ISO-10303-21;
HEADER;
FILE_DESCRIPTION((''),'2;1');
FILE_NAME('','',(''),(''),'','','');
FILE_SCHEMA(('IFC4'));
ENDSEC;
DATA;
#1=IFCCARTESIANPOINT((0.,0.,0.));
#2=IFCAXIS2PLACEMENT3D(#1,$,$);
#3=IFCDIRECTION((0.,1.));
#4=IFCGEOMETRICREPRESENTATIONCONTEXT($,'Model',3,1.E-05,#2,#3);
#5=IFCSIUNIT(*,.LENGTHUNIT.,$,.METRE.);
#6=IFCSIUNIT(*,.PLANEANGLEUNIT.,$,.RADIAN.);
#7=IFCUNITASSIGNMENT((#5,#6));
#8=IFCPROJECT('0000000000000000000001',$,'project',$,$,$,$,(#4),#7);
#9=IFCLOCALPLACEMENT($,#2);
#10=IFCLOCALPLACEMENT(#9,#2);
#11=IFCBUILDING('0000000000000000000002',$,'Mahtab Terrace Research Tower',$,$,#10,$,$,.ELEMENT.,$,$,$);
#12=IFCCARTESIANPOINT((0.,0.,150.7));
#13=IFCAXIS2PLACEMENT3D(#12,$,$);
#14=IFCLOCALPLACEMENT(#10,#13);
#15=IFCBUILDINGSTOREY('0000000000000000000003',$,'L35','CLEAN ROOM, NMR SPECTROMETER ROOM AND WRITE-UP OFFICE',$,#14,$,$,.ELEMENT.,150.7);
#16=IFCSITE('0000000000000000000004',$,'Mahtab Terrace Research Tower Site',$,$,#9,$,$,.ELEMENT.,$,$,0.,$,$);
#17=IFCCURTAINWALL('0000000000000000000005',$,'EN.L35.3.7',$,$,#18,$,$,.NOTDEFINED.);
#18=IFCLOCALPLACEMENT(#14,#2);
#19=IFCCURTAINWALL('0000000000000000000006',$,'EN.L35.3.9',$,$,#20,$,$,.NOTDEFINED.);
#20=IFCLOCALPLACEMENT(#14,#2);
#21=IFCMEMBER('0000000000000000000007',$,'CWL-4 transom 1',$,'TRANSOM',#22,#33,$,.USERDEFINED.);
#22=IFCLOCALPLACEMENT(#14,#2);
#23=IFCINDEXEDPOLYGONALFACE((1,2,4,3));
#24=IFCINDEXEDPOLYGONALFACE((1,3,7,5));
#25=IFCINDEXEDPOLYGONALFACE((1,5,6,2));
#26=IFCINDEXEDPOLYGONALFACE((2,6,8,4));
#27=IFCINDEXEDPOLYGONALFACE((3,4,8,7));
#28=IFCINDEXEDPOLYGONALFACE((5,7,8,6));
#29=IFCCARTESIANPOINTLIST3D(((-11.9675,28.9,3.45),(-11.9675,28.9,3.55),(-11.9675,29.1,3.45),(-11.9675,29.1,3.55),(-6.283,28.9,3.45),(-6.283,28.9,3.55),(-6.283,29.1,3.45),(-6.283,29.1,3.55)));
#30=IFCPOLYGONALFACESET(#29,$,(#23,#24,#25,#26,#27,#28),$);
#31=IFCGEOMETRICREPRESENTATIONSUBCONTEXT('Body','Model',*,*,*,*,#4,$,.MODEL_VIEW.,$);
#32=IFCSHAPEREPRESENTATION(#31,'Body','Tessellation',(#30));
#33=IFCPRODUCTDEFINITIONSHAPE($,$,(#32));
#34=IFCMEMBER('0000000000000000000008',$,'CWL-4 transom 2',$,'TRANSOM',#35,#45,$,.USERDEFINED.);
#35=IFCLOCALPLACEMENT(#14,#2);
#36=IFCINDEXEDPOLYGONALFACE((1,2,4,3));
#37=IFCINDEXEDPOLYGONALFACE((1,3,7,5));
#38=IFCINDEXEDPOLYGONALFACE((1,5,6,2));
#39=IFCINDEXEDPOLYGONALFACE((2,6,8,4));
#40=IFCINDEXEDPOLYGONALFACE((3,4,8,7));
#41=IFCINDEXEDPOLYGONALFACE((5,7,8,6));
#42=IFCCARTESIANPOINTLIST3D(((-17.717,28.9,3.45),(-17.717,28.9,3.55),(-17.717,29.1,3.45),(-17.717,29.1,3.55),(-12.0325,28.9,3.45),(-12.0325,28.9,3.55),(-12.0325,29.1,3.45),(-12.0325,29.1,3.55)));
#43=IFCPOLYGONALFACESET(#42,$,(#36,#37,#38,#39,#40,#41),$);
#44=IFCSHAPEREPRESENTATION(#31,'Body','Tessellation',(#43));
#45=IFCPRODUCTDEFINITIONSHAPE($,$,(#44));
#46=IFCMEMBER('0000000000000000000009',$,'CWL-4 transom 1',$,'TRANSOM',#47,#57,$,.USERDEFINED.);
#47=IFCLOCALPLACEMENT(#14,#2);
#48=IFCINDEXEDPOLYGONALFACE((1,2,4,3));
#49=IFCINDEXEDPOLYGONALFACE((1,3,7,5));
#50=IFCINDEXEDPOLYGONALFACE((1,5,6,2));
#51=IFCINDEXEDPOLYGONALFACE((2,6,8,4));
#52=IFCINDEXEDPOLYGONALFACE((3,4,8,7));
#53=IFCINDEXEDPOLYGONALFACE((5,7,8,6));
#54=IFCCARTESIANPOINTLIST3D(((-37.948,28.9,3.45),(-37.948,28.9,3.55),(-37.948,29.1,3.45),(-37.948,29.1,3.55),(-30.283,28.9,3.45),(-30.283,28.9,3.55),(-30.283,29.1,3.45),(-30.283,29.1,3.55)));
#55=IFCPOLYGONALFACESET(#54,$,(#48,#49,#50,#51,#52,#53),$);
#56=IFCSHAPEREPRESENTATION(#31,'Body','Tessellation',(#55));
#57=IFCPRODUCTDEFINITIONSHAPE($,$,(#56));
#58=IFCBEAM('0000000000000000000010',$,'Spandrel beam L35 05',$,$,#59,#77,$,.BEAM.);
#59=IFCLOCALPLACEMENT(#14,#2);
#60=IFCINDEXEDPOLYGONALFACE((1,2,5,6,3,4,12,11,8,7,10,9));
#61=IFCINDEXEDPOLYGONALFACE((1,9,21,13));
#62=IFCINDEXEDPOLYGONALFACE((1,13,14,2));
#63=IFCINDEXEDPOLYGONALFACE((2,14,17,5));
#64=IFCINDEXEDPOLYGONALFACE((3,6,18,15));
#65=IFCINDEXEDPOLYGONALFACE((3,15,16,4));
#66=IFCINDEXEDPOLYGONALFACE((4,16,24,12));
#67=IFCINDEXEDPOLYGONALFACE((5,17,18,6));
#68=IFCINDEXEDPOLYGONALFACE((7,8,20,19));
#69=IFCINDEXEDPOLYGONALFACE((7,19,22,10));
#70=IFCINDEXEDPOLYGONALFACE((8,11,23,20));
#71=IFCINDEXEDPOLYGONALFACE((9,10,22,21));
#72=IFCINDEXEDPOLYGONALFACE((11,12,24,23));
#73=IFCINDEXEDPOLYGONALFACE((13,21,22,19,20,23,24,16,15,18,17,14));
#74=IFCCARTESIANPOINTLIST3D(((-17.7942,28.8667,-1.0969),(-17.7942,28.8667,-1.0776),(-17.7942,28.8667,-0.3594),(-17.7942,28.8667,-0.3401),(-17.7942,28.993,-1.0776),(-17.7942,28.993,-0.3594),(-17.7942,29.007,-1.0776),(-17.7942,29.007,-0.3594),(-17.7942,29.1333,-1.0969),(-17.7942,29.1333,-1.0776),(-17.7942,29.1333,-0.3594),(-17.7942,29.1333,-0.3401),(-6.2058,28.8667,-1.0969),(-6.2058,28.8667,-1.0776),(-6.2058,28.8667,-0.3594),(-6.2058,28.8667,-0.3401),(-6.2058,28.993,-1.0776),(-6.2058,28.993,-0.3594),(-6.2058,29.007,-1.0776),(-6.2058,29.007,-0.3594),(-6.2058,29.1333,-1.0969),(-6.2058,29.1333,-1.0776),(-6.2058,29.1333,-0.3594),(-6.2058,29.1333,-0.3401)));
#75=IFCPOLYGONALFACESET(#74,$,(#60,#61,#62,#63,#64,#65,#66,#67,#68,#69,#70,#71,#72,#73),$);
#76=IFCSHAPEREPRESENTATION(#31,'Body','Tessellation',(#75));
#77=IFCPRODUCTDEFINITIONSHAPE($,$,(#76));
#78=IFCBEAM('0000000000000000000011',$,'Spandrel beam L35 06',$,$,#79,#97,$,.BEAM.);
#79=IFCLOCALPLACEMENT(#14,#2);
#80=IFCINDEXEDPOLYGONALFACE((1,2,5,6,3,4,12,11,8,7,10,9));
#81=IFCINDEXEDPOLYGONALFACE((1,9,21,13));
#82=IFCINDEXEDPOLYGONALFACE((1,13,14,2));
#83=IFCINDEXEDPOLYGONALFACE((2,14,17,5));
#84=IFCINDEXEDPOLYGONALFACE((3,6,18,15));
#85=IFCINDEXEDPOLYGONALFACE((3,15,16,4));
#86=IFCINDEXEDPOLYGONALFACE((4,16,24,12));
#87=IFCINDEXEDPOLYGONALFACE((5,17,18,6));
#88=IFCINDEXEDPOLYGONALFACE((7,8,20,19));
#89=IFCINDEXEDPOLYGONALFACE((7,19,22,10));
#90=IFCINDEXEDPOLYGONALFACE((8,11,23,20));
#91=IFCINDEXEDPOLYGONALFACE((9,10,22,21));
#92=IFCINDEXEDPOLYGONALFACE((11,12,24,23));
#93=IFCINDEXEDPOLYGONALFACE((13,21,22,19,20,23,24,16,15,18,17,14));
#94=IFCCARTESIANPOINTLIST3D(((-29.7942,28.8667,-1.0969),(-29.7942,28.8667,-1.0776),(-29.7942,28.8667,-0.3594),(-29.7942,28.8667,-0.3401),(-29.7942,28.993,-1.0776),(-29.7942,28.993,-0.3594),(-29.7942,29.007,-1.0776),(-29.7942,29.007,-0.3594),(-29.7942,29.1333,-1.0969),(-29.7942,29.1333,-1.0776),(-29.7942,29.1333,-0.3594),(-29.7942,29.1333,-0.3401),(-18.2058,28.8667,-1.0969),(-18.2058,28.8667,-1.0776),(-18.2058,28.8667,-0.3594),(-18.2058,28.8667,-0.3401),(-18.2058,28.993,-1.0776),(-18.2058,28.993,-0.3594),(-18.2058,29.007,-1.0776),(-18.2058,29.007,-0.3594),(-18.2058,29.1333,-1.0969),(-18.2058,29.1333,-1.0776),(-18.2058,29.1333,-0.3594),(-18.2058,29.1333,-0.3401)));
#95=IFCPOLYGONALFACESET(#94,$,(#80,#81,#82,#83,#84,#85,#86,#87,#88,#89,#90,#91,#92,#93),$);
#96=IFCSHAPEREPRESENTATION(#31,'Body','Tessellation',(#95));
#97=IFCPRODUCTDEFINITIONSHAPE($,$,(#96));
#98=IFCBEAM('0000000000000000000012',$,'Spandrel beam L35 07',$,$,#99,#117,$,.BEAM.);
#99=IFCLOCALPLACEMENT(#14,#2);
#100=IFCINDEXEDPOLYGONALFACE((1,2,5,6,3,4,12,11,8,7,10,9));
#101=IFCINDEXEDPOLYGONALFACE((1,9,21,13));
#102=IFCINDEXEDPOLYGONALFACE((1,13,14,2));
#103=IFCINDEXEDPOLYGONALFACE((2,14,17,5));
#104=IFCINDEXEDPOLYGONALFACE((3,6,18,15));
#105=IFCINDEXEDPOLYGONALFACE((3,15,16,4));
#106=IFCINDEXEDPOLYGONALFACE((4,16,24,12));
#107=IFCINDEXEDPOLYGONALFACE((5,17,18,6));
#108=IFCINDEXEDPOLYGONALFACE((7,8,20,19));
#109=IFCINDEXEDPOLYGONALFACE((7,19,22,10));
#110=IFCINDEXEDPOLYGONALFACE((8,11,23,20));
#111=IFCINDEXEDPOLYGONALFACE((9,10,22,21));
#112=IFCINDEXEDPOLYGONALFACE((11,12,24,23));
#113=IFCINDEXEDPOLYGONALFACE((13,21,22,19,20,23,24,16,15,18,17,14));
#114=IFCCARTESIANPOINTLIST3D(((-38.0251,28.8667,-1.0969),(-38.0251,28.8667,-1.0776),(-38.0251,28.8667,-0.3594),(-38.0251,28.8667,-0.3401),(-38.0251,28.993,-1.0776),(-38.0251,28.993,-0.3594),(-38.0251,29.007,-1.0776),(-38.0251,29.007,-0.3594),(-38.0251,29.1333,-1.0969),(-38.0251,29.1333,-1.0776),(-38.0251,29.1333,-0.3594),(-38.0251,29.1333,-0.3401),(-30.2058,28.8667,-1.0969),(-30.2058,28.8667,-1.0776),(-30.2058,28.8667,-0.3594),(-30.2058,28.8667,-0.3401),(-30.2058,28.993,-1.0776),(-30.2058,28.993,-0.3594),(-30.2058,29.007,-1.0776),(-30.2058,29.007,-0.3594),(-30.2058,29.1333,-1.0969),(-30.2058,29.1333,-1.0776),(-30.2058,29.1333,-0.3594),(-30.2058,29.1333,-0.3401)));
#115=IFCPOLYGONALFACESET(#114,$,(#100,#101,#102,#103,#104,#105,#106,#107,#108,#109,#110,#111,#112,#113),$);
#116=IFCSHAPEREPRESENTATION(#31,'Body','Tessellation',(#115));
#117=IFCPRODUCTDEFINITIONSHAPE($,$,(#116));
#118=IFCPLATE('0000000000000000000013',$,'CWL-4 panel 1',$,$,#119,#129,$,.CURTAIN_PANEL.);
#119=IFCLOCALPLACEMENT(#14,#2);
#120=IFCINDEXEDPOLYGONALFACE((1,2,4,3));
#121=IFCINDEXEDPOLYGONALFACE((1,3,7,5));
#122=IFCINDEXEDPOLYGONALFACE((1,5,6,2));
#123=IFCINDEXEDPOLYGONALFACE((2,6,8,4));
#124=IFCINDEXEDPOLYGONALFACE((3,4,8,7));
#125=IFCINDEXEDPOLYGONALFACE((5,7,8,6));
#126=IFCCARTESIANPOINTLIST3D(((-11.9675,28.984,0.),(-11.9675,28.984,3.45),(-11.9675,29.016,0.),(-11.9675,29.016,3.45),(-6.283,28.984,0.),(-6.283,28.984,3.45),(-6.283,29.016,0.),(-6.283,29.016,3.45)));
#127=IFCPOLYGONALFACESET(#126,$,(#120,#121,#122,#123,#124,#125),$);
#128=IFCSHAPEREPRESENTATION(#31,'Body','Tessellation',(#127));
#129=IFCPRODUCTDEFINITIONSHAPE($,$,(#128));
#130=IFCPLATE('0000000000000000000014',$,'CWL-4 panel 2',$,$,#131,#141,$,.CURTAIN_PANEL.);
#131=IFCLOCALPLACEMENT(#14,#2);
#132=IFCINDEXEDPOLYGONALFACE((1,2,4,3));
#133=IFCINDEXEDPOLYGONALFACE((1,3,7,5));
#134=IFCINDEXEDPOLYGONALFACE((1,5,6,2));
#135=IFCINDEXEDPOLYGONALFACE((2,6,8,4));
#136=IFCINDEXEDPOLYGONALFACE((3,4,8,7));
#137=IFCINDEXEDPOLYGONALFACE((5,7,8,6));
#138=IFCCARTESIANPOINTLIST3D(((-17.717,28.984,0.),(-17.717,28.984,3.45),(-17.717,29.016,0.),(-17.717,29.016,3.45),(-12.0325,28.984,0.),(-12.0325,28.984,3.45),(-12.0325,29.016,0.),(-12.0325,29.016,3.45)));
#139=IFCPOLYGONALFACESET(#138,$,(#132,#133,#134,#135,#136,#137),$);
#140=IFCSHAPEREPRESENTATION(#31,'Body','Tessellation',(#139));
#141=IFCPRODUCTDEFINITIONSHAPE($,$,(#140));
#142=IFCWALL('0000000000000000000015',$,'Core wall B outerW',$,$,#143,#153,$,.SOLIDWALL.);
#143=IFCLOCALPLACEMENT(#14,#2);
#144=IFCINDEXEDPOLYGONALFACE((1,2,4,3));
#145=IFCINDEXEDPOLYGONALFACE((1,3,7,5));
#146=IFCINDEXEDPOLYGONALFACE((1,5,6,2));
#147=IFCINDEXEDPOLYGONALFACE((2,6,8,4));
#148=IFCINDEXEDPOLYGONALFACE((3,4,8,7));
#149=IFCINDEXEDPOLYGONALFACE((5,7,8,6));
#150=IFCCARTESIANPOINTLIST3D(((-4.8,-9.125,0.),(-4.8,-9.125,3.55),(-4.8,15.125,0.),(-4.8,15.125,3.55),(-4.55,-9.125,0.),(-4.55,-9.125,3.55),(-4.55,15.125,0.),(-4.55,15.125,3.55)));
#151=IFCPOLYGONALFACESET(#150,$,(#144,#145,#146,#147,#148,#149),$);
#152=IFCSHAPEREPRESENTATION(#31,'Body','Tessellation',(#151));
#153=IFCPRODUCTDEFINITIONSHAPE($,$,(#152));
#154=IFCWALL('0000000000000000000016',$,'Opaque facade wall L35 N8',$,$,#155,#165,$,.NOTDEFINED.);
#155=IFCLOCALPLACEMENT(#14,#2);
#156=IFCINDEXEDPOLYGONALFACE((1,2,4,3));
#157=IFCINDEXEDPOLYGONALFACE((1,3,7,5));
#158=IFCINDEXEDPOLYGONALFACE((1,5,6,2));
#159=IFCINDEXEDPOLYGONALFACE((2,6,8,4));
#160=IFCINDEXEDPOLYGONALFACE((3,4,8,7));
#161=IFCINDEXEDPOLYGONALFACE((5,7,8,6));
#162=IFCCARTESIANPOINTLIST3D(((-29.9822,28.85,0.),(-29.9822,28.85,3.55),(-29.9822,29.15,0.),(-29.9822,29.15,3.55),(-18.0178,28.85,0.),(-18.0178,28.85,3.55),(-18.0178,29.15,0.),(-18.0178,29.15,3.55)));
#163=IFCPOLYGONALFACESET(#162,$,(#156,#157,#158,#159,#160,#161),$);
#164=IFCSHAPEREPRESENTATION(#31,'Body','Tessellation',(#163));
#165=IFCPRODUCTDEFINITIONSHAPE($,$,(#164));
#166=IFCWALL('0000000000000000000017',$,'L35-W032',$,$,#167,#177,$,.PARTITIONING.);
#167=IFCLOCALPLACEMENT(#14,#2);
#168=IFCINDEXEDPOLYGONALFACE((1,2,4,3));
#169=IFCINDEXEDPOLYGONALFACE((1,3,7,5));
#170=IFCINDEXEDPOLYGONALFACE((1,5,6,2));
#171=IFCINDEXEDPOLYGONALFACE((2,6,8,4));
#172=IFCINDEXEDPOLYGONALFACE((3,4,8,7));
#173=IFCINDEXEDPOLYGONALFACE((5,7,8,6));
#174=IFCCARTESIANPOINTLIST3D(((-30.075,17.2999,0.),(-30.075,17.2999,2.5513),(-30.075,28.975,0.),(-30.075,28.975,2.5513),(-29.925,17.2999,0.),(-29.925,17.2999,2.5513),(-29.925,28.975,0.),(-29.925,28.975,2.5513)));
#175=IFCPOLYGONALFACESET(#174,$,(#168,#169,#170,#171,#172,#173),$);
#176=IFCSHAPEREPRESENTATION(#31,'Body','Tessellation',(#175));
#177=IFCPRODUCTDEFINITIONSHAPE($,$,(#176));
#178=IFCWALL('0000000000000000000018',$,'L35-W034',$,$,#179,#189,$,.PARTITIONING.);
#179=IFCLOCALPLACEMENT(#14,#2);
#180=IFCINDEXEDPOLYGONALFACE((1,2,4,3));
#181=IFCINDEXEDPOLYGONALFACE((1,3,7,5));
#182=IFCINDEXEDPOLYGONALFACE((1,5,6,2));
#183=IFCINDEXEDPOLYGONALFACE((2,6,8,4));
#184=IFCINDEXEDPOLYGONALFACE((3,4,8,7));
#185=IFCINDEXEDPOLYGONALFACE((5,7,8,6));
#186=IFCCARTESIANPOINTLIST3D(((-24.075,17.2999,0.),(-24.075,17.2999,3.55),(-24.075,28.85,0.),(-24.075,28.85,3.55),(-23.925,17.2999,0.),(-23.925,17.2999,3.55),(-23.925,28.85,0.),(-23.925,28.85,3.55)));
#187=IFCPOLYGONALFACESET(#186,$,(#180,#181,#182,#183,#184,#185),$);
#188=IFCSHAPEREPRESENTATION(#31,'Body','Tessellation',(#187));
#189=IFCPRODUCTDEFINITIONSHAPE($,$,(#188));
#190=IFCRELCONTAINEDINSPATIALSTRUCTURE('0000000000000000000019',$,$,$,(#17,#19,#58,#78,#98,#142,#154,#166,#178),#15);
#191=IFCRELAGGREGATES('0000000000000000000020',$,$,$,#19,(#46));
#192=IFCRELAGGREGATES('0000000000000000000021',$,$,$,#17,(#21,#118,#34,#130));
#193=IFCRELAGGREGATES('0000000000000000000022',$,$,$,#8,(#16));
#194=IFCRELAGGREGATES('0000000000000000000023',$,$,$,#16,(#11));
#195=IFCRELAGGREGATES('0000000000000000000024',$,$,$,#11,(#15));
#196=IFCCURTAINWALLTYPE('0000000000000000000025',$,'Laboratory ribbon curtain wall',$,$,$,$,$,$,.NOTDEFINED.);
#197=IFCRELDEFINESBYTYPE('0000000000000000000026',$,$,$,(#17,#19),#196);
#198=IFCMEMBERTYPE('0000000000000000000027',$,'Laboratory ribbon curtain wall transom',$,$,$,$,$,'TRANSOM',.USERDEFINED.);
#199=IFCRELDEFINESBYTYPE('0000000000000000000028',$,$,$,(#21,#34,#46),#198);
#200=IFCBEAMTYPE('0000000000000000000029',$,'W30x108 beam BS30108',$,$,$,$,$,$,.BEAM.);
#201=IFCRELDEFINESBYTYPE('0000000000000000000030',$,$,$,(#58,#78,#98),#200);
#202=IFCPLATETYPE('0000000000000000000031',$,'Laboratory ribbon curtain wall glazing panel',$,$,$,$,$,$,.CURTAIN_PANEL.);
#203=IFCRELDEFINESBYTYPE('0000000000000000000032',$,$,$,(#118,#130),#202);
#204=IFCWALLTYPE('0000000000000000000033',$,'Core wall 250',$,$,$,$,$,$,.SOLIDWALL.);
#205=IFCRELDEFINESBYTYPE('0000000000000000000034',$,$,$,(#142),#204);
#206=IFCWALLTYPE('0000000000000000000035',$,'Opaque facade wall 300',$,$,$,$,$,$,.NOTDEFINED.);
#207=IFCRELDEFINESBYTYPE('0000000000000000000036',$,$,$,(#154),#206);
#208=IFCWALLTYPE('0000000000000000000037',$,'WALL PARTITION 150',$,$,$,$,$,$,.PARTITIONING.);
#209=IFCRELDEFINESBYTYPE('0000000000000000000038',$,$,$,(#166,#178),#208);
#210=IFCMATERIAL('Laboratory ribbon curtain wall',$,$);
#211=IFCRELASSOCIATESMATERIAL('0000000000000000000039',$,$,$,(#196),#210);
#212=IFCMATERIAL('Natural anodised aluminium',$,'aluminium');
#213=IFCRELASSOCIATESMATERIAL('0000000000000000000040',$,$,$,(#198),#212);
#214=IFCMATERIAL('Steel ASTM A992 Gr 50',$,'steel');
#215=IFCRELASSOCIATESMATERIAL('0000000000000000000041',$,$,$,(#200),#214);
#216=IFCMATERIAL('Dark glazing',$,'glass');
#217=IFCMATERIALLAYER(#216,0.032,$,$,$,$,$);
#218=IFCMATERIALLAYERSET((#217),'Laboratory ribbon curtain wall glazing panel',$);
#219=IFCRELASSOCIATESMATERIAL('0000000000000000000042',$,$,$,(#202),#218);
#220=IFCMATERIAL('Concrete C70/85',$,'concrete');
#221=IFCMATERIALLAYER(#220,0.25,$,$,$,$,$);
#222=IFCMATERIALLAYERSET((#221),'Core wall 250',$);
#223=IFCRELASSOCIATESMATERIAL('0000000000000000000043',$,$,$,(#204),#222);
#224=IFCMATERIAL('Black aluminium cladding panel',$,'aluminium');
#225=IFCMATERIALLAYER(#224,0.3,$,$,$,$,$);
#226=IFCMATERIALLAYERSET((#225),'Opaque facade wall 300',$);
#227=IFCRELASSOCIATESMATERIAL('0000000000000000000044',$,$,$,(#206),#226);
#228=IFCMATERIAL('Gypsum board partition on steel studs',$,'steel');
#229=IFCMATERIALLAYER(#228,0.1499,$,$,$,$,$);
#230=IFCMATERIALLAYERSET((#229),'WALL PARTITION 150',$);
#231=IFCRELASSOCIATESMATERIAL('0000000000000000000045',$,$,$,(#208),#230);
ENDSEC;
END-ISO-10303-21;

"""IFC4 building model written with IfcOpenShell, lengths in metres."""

from ifc_helpers import new_model, si_unit, direction, frame, frame_2d, origin, origin_2d, place, context, subcontext, project, spatial, rectangle, i_section, extrude, material, layer, layer_set, material_profile, profile_set, type_object, element, aggregate, save


model = new_model("IFC4")

# Units and contexts
model_context = context("Model", 3, precision=1e-05, world=origin(), true_north=direction((0.0, 1.0)))
body_context = subcontext(model_context, "Body", "Model", "MODEL_VIEW")
ifc_project = project(units=[si_unit("LENGTHUNIT", "METRE"), si_unit("PLANEANGLEUNIT", "RADIAN")], contexts=[model_context])

# Site, building, storey
site_placement = place(None, origin())
site = spatial("IfcSite", under=ifc_project, at=site_placement, Name="Mahtab Terrace Research Tower Site", CompositionType="ELEMENT", RefElevation=0.0)
building_placement = place(site_placement, origin())
building = spatial("IfcBuilding", under=site, at=building_placement, Name="Mahtab Terrace Research Tower", CompositionType="ELEMENT")
storey_placement = place(building_placement, frame((0.0, 0.0, 150.7)))
storey = spatial("IfcBuildingStorey", under=building, at=storey_placement, Name="L35", Description="CLEAN ROOM, NMR SPECTROMETER ROOM AND WRITE-UP OFFICE", CompositionType="ELEMENT", Elevation=150.7)

# Shared definitions
ifc_material_1 = material(Name="Steel ASTM A992 Gr 50", Category="steel")

# Curtain wall
ifc_material_2 = material(Name="Laboratory ribbon curtain wall")
curtain_wall_type = type_object("IfcCurtainWallType", Name="Laboratory ribbon curtain wall", PredefinedType="NOTDEFINED", material=ifc_material_2)
curtain_wall_1_placement = place(storey_placement, origin())
curtain_wall_1 = element("IfcCurtainWall", 1, at=curtain_wall_1_placement, inside=storey, type_object=curtain_wall_type, Name="EN.L35.3.7", PredefinedType="NOTDEFINED")
ifc_material_3 = material(Name="Natural anodised aluminium", Category="aluminium")

# Curtain wall
curtain_wall_2_placement = place(storey_placement, origin())
curtain_wall_2 = element("IfcCurtainWall", 2, at=curtain_wall_2_placement, inside=storey, type_object=curtain_wall_type, Name="EN.L35.3.9", PredefinedType="NOTDEFINED")

# Members
ifc_material_profile_1 = material_profile(ifc_material_3, rectangle(XDim=0.2, YDim=0.1001, at=origin_2d()), Name="TRANSOM 100x200")
ifc_profile_set_1 = profile_set([ifc_material_profile_1], Name="Natural anodised aluminium")
member_type_1 = type_object("IfcMemberType", Name="Laboratory ribbon curtain wall transom", ElementType="TRANSOM", PredefinedType="USERDEFINED", material=ifc_profile_set_1)
member_1_placement = place(storey_placement, frame((-6.283, 29.0, 3.5), z_axis=(-1.0, 0.0, 0.0), x_axis=(0.0, -1.0, 0.0)))
member_1 = element("IfcMember", 3, at=member_1_placement, type_object=member_type_1, Name="CWL-4 transom 1", ObjectType="TRANSOM", PredefinedType="USERDEFINED", context=body_context, shape_type="SweptSolid", body=[
    extrude(rectangle(XDim=0.2, YDim=0.1001, at=origin_2d()), origin(), (0.0, 0.0, 1.0), 5.6846),
])
member_2_placement = place(storey_placement, frame((-12.0325, 29.0, 3.5), z_axis=(-1.0, 0.0, 0.0), x_axis=(0.0, -1.0, 0.0)))
member_2 = element("IfcMember", 4, at=member_2_placement, type_object=member_type_1, Name="CWL-4 transom 2", ObjectType="TRANSOM", PredefinedType="USERDEFINED", context=body_context, shape_type="SweptSolid", body=[
    extrude(rectangle(XDim=0.2, YDim=0.1001, at=origin_2d()), origin(), (0.0, 0.0, 1.0), 5.6846),
])
member_3_placement = place(storey_placement, frame((-30.283, 29.0, 3.5), z_axis=(-1.0, 0.0, 0.0), x_axis=(0.0, -1.0, 0.0)))
member_3 = element("IfcMember", 5, at=member_3_placement, type_object=member_type_1, Name="CWL-4 transom 1", ObjectType="TRANSOM", PredefinedType="USERDEFINED", context=body_context, shape_type="SweptSolid", body=[
    extrude(rectangle(XDim=0.2, YDim=0.1001, at=origin_2d()), origin(), (0.0, 0.0, 1.0), 7.665),
])
aggregate(curtain_wall_2, [member_3])

# Beams
ifc_material_profile_2 = material_profile(ifc_material_1, i_section(OverallWidth=0.2666, OverallDepth=0.7568, WebThickness=0.0139, FlangeThickness=0.0193, at=origin_2d()), Name="W30X108")
ifc_profile_set_2 = profile_set([ifc_material_profile_2], Name="Steel ASTM A992 Gr 50")
beam_type = type_object("IfcBeamType", Name="W30x108 beam BS30108", PredefinedType="BEAM", material=ifc_profile_set_2)
for number, where, z_axis, x_axis, name in (
    (6, (-6.2058, 29.0, -0.7185), (-1.0, 0.0, 0.0), (0.0, -1.0, 0.0), "Spandrel beam L35 05"),
    (7, (-18.2058, 29.0, -0.7185), (-1.0, 0.0, 0.0), (0.0, -1.0, 0.0), "Spandrel beam L35 06"),
):
    element("IfcBeam", number, at=place(storey_placement, frame(where, z_axis=z_axis, x_axis=x_axis)), inside=storey, type_object=beam_type, Name=name, PredefinedType="BEAM", context=body_context, shape_type="SweptSolid", body=[
        extrude(i_section(OverallWidth=0.2666, OverallDepth=0.7568, WebThickness=0.0139, FlangeThickness=0.0193, at=origin_2d()), origin(), (0.0, 0.0, 1.0), 11.5884),
    ])
beam_placement = place(storey_placement, frame((-30.2058, 29.0, -0.7185), z_axis=(-1.0, 0.0, 0.0), x_axis=(0.0, -1.0, 0.0)))
element("IfcBeam", 8, at=beam_placement, inside=storey, type_object=beam_type, Name="Spandrel beam L35 07", PredefinedType="BEAM", context=body_context, shape_type="SweptSolid", body=[
    extrude(i_section(OverallWidth=0.2666, OverallDepth=0.7568, WebThickness=0.0139, FlangeThickness=0.0193, at=origin_2d()), origin(), (0.0, 0.0, 1.0), 7.8193),
])

# Plates
ifc_material_4 = material(Name="Dark glazing", Category="glass")
ifc_layer_1 = layer(ifc_material_4, 0.032)
ifc_layer_set_1 = layer_set([ifc_layer_1], Name="Laboratory ribbon curtain wall glazing panel")
plate_type = type_object("IfcPlateType", Name="Laboratory ribbon curtain wall glazing panel", PredefinedType="CURTAIN_PANEL", material=ifc_layer_set_1)
plate_1_placement = place(storey_placement, frame((-9.1252, 29.0, 0.0), z_axis=(0.0, 0.0, 1.0), x_axis=(-1.0, 0.0, 0.0)))
plate_1 = element("IfcPlate", 9, at=plate_1_placement, type_object=plate_type, Name="CWL-4 panel 1", PredefinedType="CURTAIN_PANEL", context=body_context, shape_type="SweptSolid", body=[
    extrude(rectangle(XDim=5.6846, YDim=0.032, at=origin_2d()), origin(), (0.0, 0.0, 1.0), 3.45),
])
plate_2_placement = place(storey_placement, frame((-14.8748, 29.0, 0.0), z_axis=(0.0, 0.0, 1.0), x_axis=(-1.0, 0.0, 0.0)))
plate_2 = element("IfcPlate", 10, at=plate_2_placement, type_object=plate_type, Name="CWL-4 panel 2", PredefinedType="CURTAIN_PANEL", context=body_context, shape_type="SweptSolid", body=[
    extrude(rectangle(XDim=5.6846, YDim=0.032, at=origin_2d()), origin(), (0.0, 0.0, 1.0), 3.45),
])
aggregate(curtain_wall_1, [member_1, plate_1, member_2, plate_2])

# Walls
ifc_material_5 = material(Name="Concrete C70/85", Category="concrete")
ifc_layer_2 = layer(ifc_material_5, 0.25)
ifc_layer_set_2 = layer_set([ifc_layer_2], Name="Core wall 250")
wall_type_1 = type_object("IfcWallType", Name="Core wall 250", PredefinedType="SOLIDWALL", material=ifc_layer_set_2)
wall_1_placement = place(storey_placement, frame((-4.675, 15.125, 0.0), z_axis=(0.0, 0.0, 1.0), x_axis=(0.0, -1.0, 0.0)))
element("IfcWall", 11, at=wall_1_placement, inside=storey, type_object=wall_type_1, Name="Core wall B outerW", PredefinedType="SOLIDWALL", context=body_context, shape_type="SweptSolid", body=[
    extrude(rectangle(XDim=24.25, YDim=0.25, at=frame_2d((12.125, 0.0))), origin(), (0.0, 0.0, 1.0), 3.55),
])
ifc_material_6 = material(Name="Black aluminium cladding panel", Category="aluminium")
ifc_layer_3 = layer(ifc_material_6, 0.3)
ifc_layer_set_3 = layer_set([ifc_layer_3], Name="Opaque facade wall 300")
wall_type_2 = type_object("IfcWallType", Name="Opaque facade wall 300", PredefinedType="NOTDEFINED", material=ifc_layer_set_3)
wall_2_placement = place(storey_placement, frame((-18.0178, 29.0, 0.0), z_axis=(0.0, 0.0, 1.0), x_axis=(-1.0, 0.0, 0.0)))
element("IfcWall", 12, at=wall_2_placement, inside=storey, type_object=wall_type_2, Name="Opaque facade wall L35 N8", PredefinedType="NOTDEFINED", context=body_context, shape_type="SweptSolid", body=[
    extrude(rectangle(XDim=11.9644, YDim=0.3, at=frame_2d((5.9822, 0.0))), origin(), (0.0, 0.0, 1.0), 3.55),
])
ifc_material_7 = material(Name="Gypsum board partition on steel studs", Category="steel")
ifc_layer_4 = layer(ifc_material_7, 0.1499)
ifc_layer_set_4 = layer_set([ifc_layer_4], Name="WALL PARTITION 150")
wall_type_3 = type_object("IfcWallType", Name="WALL PARTITION 150", PredefinedType="PARTITIONING", material=ifc_layer_set_4)
wall_3_placement = place(storey_placement, frame((-30.0, 17.3, 0.0), z_axis=(0.0, 0.0, 1.0), x_axis=(0.0, 1.0, 0.0)))
element("IfcWall", 13, at=wall_3_placement, inside=storey, type_object=wall_type_3, Name="L35-W032", PredefinedType="PARTITIONING", context=body_context, shape_type="SweptSolid", body=[
    extrude(rectangle(XDim=11.675, YDim=0.1499, at=frame_2d((5.8374, 0.0))), origin(), (0.0, 0.0, 1.0), 2.5513),
])
for number, where, z_axis, x_axis, name in (
    (14, (-24.0, 17.3, 0.0), (0.0, 0.0, 1.0), (0.0, 1.0, 0.0), "L35-W034"),
):
    element("IfcWall", number, at=place(storey_placement, frame(where, z_axis=z_axis, x_axis=x_axis)), inside=storey, type_object=wall_type_3, Name=name, PredefinedType="PARTITIONING", context=body_context, shape_type="SweptSolid", body=[
        extrude(rectangle(XDim=11.55, YDim=0.1499, at=frame_2d((5.7749, 0.0))), origin(), (0.0, 0.0, 1.0), 3.55),
    ])

save(model, "model.ifc")
